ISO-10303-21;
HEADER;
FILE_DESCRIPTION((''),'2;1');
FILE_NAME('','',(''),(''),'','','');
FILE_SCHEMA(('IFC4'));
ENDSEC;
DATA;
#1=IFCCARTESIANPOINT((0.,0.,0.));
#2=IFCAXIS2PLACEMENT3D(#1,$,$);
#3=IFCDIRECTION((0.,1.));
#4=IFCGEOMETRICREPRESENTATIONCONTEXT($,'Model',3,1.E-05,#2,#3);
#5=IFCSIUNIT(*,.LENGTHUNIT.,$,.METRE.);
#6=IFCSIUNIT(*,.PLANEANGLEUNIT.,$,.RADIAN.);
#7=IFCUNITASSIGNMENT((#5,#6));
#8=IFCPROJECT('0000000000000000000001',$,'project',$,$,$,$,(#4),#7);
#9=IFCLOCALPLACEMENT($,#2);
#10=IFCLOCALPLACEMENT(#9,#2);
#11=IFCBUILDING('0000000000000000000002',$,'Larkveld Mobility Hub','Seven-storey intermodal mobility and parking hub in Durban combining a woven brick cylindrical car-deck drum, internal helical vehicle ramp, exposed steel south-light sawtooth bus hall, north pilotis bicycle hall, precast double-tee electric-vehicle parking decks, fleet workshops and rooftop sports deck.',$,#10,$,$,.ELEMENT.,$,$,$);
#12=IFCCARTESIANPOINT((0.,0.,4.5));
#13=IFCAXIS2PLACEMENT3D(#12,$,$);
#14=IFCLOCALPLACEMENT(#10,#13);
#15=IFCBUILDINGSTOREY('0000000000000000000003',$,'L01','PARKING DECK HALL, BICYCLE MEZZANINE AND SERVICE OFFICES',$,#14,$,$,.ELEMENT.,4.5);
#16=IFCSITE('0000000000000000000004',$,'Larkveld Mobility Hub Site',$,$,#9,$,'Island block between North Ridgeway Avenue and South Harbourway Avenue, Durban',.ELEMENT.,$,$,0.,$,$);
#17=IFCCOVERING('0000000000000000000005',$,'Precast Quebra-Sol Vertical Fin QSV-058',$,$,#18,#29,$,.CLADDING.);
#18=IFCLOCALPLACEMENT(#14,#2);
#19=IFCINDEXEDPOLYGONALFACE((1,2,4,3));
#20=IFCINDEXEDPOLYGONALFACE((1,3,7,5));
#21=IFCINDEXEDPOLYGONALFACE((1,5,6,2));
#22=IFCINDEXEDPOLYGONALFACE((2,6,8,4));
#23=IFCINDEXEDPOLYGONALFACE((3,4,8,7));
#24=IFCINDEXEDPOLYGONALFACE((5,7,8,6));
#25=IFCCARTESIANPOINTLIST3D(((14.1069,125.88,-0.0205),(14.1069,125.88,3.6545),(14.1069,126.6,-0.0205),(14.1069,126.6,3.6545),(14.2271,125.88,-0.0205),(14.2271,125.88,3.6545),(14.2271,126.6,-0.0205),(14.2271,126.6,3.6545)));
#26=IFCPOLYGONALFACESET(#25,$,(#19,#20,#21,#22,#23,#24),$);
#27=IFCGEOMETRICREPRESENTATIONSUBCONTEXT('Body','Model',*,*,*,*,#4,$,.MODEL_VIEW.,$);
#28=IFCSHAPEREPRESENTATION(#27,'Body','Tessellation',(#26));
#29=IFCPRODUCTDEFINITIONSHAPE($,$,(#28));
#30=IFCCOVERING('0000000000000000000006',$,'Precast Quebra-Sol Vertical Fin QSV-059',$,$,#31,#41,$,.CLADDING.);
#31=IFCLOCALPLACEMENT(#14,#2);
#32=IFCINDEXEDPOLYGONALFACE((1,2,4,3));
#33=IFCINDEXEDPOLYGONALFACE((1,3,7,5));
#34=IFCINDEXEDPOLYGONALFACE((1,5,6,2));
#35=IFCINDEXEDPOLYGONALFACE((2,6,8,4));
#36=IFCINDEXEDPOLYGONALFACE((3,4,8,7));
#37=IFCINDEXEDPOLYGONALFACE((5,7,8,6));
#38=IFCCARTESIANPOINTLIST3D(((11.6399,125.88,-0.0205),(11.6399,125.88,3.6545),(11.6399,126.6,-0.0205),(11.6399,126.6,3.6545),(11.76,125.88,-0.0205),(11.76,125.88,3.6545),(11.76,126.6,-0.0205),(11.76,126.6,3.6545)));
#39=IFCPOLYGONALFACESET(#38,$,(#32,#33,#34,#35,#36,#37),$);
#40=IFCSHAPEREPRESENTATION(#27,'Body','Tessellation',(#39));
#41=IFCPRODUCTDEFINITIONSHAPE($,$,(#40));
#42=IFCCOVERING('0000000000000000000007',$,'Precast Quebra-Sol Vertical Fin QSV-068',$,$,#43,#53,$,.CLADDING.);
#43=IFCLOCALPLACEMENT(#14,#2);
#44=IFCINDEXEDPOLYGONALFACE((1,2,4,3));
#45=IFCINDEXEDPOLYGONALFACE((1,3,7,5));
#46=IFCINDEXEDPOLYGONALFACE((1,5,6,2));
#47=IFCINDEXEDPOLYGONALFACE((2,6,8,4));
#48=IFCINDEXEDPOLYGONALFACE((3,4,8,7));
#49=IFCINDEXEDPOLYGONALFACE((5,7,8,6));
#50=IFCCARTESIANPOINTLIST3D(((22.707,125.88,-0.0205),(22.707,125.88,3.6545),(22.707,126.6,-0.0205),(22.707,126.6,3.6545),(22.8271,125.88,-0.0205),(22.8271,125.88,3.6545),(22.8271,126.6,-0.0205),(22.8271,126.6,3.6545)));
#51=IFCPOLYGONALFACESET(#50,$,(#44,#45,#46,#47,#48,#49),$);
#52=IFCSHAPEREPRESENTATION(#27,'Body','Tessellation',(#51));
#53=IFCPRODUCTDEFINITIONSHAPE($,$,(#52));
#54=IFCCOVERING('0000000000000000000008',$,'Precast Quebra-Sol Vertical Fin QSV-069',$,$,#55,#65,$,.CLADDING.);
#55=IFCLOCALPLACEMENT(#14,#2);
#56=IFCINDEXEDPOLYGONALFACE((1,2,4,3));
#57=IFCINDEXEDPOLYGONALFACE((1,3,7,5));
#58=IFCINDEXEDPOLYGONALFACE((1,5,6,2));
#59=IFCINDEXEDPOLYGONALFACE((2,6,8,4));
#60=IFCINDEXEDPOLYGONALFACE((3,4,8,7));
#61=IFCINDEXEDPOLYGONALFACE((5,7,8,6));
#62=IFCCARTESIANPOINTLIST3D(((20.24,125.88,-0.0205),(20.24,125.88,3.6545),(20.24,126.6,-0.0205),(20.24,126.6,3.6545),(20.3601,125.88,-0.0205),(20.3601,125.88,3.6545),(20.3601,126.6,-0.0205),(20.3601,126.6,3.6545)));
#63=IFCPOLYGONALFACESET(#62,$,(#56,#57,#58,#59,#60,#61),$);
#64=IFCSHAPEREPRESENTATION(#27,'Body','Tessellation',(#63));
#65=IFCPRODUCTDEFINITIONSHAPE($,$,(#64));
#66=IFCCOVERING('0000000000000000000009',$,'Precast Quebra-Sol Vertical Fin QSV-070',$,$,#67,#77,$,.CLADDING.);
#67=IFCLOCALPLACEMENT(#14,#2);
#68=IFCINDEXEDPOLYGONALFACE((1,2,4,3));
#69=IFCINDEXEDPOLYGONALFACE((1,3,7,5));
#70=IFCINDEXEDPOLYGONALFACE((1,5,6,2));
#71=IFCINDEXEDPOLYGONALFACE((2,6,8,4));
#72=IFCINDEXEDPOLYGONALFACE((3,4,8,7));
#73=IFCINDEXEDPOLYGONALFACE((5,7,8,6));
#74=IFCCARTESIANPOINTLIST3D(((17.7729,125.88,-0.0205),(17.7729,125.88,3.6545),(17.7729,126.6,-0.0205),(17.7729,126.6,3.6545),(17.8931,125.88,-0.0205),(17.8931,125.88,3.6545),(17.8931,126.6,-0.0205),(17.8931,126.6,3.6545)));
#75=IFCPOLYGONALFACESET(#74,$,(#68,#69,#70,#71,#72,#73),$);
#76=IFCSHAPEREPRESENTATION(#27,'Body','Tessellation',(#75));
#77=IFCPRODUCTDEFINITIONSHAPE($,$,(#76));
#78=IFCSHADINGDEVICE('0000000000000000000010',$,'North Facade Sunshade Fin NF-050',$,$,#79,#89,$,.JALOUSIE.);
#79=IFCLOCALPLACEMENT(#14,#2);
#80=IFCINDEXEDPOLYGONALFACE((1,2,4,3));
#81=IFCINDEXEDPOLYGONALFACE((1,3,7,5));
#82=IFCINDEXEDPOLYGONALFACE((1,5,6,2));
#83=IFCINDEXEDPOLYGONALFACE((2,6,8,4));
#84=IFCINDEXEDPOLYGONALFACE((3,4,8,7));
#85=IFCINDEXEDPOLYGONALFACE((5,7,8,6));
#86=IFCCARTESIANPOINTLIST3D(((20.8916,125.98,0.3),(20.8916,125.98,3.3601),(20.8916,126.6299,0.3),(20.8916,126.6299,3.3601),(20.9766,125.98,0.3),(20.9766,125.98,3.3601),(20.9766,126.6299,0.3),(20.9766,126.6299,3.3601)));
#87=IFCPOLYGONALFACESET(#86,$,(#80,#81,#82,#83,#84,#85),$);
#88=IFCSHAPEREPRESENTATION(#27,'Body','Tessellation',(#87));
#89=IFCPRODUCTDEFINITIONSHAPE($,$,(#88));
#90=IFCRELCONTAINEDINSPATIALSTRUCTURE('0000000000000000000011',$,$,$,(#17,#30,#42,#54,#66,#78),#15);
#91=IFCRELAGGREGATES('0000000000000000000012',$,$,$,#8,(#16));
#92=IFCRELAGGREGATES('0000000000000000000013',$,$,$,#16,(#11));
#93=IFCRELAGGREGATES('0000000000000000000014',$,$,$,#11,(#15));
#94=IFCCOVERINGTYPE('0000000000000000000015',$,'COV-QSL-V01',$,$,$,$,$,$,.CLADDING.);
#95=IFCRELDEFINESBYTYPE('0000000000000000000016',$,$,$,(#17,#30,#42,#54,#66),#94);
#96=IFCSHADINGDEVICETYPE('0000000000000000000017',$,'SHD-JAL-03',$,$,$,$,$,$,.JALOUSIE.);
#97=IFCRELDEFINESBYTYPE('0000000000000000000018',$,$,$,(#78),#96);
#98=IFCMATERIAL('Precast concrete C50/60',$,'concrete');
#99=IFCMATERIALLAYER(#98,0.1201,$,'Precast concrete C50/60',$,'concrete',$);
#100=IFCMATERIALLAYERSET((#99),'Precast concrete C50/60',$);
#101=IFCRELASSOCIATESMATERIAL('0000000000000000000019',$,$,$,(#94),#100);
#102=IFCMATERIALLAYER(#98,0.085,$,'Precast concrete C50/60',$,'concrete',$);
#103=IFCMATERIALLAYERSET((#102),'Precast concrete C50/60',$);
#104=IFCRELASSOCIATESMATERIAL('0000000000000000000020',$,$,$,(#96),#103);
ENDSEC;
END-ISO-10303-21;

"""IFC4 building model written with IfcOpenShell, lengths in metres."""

from ifc_helpers import new_model, si_unit, direction, frame, origin, origin_2d, place, context, subcontext, project, spatial, rectangle, extrude, material, layer, layer_set, type_object, element, save


model = new_model("IFC4")

# Units and contexts
model_context = context("Model", 3, precision=1e-05, world=origin(), true_north=direction((0.0, 1.0)))
body_context = subcontext(model_context, "Body", "Model", "MODEL_VIEW")
ifc_project = project(units=[si_unit("LENGTHUNIT", "METRE"), si_unit("PLANEANGLEUNIT", "RADIAN")], contexts=[model_context])

# Site, building, storey
site_placement = place(None, origin())
site = spatial("IfcSite", under=ifc_project, at=site_placement, Name="Larkveld Mobility Hub Site", LongName="Island block between North Ridgeway Avenue and South Harbourway Avenue, Durban", CompositionType="ELEMENT", RefElevation=0.0)
building_placement = place(site_placement, origin())
building = spatial("IfcBuilding", under=site, at=building_placement, Name="Larkveld Mobility Hub", Description="Seven-storey intermodal mobility and parking hub in Durban combining a woven brick cylindrical car-deck drum, internal helical vehicle ramp, exposed steel south-light sawtooth bus hall, north pilotis bicycle hall, precast double-tee electric-vehicle parking decks, fleet workshops and rooftop sports deck.", CompositionType="ELEMENT")
storey_placement = place(building_placement, frame((0.0, 0.0, 4.5)))
storey = spatial("IfcBuildingStorey", under=building, at=storey_placement, Name="L01", Description="PARKING DECK HALL, BICYCLE MEZZANINE AND SERVICE OFFICES", CompositionType="ELEMENT", Elevation=4.5)

# Shared definitions
ifc_material_1 = material(Name="Precast concrete C50/60", Category="concrete")

# Coverings
ifc_layer_1 = layer(ifc_material_1, 0.1201, Name="Precast concrete C50/60", Category="concrete")
ifc_layer_set_1 = layer_set([ifc_layer_1], Name="Precast concrete C50/60")
covering_type = type_object("IfcCoveringType", Name="COV-QSL-V01", PredefinedType="CLADDING", material=ifc_layer_set_1)
for number, where, z_axis, x_axis, name in (
    (1, (14.167, 126.24, -0.0205), (0.0, 0.0, 1.0), (-1.0, 0.0, 0.0), "Precast Quebra-Sol Vertical Fin QSV-058"),
    (2, (11.7, 126.24, -0.0205), (0.0, 0.0, 1.0), (-1.0, 0.0, 0.0), "Precast Quebra-Sol Vertical Fin QSV-059"),
    (3, (22.7671, 126.24, -0.0205), (0.0, 0.0, 1.0), (-1.0, 0.0, 0.0), "Precast Quebra-Sol Vertical Fin QSV-068"),
    (4, (20.3, 126.24, -0.0205), (0.0, 0.0, 1.0), (-1.0, 0.0, 0.0), "Precast Quebra-Sol Vertical Fin QSV-069"),
    (5, (17.833, 126.24, -0.0205), (0.0, 0.0, 1.0), (-1.0, 0.0, 0.0), "Precast Quebra-Sol Vertical Fin QSV-070"),
):
    element("IfcCovering", number, at=place(storey_placement, frame(where, z_axis=z_axis, x_axis=x_axis)), inside=storey, type_object=covering_type, Name=name, PredefinedType="CLADDING", context=body_context, shape_type="SweptSolid", body=[
        extrude(rectangle(XDim=0.1201, YDim=0.72, at=origin_2d()), origin(), (0.0, 0.0, 1.0), 3.675),
    ])

# Shading device
ifc_layer_2 = layer(ifc_material_1, 0.085, Name="Precast concrete C50/60", Category="concrete")
ifc_layer_set_2 = layer_set([ifc_layer_2], Name="Precast concrete C50/60")
shading_device_type = type_object("IfcShadingDeviceType", Name="SHD-JAL-03", PredefinedType="JALOUSIE", material=ifc_layer_set_2)
shading_device_placement = place(storey_placement, frame((20.9341, 126.3049, 0.3), z_axis=(0.0, 0.0, 1.0), x_axis=(1.0, 0.0, 0.0)))
element("IfcShadingDevice", 6, at=shading_device_placement, inside=storey, type_object=shading_device_type, Name="North Facade Sunshade Fin NF-050", PredefinedType="JALOUSIE", context=body_context, shape_type="SweptSolid", body=[
    extrude(rectangle(XDim=0.085, YDim=0.6499, at=origin_2d()), origin(), (0.0, 0.0, 1.0), 3.0601),
])

save(model, "model.ifc")
